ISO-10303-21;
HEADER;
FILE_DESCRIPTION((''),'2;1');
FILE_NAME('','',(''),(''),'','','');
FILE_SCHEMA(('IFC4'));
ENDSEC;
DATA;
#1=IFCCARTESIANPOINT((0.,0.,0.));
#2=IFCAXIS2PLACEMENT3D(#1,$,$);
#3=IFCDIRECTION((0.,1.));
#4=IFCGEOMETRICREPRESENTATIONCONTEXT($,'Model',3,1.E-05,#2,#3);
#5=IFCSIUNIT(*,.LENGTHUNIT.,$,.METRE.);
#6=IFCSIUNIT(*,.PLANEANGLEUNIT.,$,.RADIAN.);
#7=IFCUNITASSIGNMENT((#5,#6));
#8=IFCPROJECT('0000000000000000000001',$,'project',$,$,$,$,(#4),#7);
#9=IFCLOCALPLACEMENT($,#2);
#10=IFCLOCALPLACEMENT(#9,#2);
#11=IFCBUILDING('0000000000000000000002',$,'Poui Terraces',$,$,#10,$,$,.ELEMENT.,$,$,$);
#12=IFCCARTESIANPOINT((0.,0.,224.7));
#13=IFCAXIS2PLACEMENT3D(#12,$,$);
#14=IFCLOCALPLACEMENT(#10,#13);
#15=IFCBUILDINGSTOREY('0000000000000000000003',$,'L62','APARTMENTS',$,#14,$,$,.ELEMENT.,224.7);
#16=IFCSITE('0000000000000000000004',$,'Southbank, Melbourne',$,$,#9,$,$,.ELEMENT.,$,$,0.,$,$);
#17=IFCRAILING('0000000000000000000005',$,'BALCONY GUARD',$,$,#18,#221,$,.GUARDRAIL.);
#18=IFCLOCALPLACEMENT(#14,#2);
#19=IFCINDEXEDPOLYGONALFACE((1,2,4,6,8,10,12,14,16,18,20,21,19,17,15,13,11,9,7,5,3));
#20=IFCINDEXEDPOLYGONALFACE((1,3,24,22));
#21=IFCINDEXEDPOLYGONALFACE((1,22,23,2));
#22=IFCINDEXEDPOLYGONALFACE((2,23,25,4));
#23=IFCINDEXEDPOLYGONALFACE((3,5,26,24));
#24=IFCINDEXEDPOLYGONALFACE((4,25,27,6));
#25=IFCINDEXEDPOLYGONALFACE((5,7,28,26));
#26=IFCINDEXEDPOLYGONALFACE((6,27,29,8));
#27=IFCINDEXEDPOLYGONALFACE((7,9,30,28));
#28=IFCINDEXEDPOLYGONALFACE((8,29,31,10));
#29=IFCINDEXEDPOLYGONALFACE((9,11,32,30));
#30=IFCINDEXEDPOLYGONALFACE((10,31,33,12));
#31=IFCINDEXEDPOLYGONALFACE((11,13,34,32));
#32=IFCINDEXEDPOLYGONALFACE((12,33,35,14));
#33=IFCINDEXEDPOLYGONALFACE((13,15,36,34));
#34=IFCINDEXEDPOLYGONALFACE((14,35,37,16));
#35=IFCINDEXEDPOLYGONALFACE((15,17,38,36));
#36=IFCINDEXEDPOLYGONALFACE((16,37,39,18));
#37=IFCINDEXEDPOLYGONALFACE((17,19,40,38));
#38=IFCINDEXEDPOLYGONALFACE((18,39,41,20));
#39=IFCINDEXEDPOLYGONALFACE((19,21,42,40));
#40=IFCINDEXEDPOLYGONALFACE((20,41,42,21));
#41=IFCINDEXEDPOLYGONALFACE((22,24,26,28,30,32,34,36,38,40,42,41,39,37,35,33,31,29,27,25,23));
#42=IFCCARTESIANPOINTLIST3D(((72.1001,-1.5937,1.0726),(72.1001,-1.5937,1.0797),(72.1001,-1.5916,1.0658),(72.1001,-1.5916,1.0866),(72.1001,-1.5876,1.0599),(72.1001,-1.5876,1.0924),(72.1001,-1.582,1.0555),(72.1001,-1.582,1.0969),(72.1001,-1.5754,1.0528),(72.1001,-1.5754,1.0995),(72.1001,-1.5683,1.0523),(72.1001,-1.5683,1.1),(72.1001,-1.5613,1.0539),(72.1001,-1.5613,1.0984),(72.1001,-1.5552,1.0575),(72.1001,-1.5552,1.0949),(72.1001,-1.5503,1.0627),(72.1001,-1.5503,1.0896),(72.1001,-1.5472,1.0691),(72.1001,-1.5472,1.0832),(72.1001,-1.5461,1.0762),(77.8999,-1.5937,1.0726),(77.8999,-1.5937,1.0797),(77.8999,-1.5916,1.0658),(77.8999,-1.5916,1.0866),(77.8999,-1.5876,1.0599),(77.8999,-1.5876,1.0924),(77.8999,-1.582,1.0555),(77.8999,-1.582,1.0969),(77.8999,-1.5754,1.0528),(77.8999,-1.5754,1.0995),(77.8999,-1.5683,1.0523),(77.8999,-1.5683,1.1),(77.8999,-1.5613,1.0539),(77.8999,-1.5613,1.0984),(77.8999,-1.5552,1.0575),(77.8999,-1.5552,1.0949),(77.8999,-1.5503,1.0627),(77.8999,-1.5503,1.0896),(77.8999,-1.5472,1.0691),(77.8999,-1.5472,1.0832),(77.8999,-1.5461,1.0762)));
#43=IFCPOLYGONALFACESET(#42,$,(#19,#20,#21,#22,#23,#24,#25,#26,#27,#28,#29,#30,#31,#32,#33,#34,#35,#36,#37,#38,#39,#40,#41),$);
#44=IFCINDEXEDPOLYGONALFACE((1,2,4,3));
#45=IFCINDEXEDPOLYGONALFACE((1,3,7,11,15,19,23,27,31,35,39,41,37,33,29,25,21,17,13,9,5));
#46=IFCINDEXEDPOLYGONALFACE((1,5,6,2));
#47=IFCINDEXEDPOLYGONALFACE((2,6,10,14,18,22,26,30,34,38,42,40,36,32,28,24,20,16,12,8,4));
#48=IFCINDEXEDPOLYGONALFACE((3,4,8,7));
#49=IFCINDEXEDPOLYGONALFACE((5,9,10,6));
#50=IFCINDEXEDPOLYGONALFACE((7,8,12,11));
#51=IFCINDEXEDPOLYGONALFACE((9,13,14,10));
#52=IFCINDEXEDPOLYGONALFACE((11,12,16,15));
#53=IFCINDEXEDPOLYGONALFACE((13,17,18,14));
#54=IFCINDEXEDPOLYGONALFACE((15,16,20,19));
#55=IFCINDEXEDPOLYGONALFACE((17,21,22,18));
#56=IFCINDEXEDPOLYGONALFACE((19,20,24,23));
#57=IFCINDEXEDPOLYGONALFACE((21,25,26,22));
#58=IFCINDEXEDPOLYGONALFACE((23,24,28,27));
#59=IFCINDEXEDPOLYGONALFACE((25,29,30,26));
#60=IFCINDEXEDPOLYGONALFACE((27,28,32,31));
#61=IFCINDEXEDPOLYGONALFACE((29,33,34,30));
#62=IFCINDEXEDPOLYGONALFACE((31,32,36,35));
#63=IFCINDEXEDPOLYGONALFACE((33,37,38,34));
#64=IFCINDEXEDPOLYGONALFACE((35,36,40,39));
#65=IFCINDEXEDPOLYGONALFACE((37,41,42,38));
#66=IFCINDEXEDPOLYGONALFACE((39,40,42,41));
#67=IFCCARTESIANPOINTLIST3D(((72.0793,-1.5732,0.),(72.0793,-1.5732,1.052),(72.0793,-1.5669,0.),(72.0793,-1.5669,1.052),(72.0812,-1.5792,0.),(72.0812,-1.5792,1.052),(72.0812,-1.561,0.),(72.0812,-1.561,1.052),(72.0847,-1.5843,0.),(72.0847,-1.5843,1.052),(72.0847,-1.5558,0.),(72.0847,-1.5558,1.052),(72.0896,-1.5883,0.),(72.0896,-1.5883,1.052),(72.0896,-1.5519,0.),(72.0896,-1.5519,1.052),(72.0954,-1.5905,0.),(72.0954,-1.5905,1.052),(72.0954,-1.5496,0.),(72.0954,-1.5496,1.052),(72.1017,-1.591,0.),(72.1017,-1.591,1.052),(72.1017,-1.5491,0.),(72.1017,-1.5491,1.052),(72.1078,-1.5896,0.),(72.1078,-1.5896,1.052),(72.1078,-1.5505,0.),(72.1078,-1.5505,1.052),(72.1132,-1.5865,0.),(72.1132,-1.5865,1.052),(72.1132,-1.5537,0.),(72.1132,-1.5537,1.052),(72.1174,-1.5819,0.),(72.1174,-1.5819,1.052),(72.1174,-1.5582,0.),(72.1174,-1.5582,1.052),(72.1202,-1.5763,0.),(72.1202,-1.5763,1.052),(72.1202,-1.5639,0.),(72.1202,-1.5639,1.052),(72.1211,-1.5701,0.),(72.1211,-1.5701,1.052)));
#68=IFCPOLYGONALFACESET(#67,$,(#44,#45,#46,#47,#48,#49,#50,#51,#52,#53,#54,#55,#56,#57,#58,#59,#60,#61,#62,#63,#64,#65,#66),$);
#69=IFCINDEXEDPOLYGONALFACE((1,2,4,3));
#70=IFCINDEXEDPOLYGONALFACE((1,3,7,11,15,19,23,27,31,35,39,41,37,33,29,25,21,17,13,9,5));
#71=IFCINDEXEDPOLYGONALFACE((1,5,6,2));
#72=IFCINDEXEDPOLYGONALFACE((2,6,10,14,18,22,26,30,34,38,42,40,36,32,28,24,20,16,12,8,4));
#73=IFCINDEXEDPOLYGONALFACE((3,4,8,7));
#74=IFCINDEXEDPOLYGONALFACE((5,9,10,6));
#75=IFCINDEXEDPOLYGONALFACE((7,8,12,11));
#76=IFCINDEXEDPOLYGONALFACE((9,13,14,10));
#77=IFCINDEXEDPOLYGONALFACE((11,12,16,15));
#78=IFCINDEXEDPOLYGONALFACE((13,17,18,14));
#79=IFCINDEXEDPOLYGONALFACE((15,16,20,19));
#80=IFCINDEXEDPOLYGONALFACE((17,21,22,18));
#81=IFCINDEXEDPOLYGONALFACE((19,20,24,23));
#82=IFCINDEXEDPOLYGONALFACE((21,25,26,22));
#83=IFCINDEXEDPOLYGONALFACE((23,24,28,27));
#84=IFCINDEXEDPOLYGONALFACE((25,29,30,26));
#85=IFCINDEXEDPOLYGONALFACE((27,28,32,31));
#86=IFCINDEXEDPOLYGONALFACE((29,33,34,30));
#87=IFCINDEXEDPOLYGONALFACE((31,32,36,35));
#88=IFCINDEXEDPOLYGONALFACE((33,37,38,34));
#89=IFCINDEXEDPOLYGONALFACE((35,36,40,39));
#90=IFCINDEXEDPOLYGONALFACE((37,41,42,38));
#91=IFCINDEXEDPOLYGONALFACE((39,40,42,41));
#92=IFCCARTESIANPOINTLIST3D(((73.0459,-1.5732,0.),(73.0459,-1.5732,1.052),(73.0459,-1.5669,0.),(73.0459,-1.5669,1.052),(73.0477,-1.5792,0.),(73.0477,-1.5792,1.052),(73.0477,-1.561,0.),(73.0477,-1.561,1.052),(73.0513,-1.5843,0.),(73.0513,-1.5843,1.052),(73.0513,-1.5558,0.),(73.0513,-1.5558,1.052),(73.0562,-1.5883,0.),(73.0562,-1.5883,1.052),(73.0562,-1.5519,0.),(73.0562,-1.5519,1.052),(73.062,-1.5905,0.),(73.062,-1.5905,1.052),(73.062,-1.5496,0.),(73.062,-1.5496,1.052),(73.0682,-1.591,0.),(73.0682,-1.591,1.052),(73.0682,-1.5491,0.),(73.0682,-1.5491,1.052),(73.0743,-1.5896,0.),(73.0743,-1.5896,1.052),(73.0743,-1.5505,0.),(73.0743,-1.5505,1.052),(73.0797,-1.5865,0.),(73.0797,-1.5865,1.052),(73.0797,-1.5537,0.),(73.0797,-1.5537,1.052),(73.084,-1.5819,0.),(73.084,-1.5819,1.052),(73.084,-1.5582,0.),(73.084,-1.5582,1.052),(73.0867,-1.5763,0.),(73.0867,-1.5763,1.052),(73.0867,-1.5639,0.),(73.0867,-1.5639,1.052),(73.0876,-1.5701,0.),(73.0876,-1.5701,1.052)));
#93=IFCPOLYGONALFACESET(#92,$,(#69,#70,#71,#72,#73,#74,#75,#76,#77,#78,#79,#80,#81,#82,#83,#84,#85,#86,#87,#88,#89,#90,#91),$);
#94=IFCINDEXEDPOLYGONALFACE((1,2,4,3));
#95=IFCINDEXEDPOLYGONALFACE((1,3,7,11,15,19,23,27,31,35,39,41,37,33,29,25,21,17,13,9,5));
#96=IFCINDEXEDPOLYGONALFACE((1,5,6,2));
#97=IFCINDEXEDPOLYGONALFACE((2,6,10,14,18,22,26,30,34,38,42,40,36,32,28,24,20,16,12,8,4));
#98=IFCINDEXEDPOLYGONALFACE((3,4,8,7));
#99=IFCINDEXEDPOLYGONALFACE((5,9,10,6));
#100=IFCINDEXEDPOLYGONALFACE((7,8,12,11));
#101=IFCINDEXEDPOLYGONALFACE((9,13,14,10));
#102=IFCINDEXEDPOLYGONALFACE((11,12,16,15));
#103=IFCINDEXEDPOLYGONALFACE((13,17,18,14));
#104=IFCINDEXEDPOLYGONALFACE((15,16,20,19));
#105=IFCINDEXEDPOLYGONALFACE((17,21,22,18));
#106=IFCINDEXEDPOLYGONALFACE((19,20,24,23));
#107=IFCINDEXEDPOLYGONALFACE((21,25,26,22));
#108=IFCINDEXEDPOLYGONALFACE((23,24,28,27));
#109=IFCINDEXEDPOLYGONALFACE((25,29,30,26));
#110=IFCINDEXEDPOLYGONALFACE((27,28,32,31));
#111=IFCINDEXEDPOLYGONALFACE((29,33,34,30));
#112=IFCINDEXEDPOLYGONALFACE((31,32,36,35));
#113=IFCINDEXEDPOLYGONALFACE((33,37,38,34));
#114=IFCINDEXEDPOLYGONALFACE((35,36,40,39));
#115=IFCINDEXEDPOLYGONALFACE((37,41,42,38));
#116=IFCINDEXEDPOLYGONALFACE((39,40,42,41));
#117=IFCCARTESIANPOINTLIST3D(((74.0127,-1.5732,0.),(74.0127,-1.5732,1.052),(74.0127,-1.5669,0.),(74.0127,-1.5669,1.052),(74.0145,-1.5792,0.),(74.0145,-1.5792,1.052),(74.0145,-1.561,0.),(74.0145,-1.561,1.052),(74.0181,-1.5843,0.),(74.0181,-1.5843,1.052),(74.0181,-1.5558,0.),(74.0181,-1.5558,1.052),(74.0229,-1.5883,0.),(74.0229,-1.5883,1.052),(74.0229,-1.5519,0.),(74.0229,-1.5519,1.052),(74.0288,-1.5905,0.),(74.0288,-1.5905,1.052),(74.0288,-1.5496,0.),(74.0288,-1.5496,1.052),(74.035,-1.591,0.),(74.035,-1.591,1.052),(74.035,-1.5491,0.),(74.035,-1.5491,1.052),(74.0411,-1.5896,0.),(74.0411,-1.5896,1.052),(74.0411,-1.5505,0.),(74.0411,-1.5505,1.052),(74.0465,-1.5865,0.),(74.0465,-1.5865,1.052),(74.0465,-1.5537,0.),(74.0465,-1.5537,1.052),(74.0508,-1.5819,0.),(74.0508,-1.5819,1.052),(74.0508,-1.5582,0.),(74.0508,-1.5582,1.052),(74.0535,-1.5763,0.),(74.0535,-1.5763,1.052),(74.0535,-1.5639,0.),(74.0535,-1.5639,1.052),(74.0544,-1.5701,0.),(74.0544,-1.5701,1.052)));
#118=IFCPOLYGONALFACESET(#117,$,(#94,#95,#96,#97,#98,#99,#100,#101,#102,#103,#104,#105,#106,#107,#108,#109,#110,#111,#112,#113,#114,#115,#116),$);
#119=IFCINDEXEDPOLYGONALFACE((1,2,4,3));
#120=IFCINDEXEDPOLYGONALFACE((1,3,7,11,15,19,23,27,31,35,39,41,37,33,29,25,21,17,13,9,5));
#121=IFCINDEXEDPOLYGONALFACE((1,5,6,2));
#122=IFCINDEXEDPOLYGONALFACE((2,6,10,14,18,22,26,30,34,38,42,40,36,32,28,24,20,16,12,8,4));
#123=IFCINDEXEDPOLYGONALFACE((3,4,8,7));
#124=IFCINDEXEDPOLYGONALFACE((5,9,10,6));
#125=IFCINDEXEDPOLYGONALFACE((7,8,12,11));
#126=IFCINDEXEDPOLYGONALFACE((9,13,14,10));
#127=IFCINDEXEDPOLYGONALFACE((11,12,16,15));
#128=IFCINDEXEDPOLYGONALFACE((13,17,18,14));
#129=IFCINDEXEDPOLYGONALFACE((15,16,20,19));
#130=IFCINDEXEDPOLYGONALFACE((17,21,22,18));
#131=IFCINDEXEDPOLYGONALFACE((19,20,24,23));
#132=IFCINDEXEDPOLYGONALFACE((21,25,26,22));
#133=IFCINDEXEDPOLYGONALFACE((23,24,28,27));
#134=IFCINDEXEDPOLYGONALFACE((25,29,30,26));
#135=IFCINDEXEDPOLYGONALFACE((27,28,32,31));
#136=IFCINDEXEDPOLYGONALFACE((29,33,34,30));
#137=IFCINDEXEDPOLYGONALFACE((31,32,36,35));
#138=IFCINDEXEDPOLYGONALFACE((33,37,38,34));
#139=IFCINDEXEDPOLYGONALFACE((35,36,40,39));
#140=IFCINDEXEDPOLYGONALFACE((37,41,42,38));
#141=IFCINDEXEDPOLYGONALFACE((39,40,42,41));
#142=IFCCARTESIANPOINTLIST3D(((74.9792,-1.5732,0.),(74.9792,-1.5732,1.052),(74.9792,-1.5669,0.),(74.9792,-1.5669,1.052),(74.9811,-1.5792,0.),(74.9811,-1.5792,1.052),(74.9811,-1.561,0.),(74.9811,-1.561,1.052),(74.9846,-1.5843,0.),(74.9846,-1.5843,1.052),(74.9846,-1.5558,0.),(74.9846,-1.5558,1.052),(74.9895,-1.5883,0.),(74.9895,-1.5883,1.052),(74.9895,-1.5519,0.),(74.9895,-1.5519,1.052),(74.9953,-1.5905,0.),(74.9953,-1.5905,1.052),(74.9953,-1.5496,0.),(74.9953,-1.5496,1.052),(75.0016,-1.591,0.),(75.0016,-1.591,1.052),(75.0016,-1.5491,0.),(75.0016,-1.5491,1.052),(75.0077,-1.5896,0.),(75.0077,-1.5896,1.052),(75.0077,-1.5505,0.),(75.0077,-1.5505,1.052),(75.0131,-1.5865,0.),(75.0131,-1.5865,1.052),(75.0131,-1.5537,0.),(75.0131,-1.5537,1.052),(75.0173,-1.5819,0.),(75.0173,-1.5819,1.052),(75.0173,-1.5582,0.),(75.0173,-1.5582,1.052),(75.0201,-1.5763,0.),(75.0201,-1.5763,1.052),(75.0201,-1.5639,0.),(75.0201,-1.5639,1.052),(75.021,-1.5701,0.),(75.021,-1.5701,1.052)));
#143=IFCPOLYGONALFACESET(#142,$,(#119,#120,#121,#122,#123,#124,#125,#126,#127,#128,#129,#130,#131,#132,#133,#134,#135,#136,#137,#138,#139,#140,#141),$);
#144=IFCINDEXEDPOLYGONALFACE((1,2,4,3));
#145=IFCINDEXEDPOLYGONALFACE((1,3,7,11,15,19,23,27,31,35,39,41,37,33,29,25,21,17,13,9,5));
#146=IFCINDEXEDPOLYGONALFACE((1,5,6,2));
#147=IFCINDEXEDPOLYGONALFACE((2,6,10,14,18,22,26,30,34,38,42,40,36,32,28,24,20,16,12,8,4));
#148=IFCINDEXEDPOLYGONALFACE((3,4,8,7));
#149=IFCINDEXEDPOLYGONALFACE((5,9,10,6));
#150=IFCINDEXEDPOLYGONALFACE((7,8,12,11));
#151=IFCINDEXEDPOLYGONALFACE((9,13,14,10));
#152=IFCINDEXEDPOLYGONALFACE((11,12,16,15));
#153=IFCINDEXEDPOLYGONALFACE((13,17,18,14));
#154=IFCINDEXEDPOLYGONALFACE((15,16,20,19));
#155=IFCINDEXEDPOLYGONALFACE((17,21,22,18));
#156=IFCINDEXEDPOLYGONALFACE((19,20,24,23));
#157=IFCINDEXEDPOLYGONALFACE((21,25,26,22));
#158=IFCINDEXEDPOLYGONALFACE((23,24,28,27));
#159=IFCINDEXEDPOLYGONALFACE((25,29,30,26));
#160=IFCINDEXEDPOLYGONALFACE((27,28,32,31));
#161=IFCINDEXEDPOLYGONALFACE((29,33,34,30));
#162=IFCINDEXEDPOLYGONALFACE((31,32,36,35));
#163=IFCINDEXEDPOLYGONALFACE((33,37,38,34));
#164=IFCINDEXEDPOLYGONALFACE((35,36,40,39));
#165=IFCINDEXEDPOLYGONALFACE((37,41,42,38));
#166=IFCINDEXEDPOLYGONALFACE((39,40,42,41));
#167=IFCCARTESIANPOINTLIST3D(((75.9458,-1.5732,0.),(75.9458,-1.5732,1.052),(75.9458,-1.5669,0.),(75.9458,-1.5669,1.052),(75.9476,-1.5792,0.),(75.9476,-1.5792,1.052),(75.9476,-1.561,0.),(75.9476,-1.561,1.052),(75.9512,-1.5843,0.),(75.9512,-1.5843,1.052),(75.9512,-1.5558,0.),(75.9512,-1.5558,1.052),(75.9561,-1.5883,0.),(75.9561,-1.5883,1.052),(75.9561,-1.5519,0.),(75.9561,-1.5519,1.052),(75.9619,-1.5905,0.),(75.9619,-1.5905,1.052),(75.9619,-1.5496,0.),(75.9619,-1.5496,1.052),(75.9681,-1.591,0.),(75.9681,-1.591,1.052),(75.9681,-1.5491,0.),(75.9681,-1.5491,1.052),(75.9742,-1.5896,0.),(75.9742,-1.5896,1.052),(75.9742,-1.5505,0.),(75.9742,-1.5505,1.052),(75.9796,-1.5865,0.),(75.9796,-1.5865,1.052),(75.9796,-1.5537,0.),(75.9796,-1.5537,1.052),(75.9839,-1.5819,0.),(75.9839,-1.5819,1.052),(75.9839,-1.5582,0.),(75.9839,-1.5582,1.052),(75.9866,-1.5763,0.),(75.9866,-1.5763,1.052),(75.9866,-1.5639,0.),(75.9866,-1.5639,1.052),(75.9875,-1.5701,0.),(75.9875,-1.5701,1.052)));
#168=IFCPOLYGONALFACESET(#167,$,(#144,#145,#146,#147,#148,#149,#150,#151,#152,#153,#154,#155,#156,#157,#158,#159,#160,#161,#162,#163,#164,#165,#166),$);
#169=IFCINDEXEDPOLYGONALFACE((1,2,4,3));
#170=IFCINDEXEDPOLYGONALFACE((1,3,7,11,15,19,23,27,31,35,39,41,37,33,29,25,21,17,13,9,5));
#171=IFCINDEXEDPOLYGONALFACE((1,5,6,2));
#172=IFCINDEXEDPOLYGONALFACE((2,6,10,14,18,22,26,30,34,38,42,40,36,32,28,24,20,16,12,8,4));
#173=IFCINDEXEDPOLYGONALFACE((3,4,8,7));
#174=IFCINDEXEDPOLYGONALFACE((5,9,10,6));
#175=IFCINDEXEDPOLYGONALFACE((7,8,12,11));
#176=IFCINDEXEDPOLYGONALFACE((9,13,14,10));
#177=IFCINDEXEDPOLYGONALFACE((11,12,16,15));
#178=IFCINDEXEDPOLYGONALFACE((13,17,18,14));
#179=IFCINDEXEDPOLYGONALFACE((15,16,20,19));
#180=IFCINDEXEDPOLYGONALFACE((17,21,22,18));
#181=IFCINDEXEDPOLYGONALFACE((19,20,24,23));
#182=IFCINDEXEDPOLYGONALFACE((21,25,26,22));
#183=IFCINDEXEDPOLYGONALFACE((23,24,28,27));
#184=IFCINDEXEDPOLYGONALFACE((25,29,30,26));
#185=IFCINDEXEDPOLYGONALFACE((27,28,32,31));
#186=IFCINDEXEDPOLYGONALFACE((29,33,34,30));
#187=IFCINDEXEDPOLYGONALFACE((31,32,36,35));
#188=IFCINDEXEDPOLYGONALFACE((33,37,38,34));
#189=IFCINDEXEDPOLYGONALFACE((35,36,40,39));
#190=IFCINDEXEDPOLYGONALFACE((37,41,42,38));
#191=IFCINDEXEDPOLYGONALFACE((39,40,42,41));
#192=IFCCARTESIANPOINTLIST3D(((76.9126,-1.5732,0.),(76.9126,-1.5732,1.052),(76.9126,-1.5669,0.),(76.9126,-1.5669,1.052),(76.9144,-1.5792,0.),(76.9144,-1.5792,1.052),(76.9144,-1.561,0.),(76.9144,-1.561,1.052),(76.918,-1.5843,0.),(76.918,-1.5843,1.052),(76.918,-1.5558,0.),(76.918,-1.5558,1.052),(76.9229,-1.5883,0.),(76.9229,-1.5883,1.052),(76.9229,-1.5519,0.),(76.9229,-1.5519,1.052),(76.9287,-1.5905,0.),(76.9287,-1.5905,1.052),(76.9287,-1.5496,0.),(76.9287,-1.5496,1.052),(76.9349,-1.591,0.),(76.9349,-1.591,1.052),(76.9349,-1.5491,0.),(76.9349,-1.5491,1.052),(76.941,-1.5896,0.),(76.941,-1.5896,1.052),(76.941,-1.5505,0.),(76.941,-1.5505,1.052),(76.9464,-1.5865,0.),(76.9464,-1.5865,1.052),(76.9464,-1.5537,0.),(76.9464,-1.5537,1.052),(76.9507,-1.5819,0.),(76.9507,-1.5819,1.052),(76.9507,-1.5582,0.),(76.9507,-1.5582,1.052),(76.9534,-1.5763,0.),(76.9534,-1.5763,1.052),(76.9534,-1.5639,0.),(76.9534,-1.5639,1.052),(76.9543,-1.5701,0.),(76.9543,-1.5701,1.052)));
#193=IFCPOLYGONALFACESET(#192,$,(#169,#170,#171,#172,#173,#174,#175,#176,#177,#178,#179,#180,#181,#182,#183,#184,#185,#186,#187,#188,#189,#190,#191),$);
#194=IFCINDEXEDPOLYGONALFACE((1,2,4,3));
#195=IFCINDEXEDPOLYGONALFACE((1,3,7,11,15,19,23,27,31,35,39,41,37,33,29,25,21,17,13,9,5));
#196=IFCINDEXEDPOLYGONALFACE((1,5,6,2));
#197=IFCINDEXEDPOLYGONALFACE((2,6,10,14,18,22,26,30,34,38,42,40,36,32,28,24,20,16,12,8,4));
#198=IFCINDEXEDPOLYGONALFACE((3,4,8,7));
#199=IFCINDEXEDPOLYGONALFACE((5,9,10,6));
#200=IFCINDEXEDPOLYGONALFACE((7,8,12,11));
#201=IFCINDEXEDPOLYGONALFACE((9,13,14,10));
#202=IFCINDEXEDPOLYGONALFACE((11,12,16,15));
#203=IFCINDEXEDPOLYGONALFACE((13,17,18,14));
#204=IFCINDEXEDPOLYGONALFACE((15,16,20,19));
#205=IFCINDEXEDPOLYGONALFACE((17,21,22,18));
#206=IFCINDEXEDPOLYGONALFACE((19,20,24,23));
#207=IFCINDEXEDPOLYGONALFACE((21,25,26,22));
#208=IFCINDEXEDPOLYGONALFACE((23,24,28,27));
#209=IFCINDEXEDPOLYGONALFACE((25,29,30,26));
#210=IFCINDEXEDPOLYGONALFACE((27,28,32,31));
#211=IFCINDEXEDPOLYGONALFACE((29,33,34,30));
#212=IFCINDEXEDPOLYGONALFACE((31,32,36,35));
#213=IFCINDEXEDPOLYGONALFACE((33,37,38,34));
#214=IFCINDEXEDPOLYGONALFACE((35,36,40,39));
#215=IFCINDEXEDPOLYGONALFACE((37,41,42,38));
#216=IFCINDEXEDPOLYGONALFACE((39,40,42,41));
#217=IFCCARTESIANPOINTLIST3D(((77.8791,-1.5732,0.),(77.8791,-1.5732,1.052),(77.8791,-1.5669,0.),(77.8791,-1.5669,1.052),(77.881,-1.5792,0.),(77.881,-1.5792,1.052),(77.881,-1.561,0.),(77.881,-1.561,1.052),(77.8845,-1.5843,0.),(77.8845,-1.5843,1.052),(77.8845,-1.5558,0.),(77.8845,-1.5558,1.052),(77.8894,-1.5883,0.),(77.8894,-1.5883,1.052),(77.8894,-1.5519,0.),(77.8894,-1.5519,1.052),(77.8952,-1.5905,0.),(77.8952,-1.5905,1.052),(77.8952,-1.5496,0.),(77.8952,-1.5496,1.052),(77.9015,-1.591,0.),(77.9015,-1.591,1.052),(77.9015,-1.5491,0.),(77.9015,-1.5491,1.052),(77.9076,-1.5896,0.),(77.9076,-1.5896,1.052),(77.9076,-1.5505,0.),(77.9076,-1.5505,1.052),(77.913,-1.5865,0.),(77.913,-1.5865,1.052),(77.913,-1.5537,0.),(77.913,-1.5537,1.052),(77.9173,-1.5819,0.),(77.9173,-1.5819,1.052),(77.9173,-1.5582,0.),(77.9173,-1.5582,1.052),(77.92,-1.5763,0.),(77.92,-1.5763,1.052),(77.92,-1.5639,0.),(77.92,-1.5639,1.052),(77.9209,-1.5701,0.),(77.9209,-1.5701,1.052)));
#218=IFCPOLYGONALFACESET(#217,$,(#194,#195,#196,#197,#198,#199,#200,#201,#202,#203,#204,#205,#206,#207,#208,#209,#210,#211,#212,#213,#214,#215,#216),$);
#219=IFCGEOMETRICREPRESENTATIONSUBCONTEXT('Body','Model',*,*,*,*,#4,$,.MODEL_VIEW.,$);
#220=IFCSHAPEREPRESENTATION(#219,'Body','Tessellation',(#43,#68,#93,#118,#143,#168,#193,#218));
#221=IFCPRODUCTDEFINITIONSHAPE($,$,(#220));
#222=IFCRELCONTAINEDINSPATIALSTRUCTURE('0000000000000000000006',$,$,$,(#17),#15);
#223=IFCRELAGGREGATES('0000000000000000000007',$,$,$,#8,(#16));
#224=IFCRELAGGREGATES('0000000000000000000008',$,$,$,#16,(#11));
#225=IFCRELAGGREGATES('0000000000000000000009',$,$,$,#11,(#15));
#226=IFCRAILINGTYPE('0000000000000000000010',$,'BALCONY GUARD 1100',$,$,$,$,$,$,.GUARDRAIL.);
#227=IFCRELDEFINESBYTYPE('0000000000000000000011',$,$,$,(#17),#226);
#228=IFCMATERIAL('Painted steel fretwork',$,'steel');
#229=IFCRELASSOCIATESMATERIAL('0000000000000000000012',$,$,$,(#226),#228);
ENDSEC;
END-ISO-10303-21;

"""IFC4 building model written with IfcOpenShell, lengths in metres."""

from ifc_helpers import new_model, si_unit, direction, frame, origin, origin_2d, place, context, subcontext, project, spatial, circle, extrude, material, type_object, element, save


model = new_model("IFC4")

# Units and contexts
model_context = context("Model", 3, precision=1e-05, world=origin(), true_north=direction((0.0, 1.0)))
body_context = subcontext(model_context, "Body", "Model", "MODEL_VIEW")
ifc_project = project(units=[si_unit("LENGTHUNIT", "METRE"), si_unit("PLANEANGLEUNIT", "RADIAN")], contexts=[model_context])

# Site, building, storey
site_placement = place(None, origin())
site = spatial("IfcSite", under=ifc_project, at=site_placement, Name="Southbank, Melbourne", CompositionType="ELEMENT", RefElevation=0.0)
building_placement = place(site_placement, origin())
building = spatial("IfcBuilding", under=site, at=building_placement, Name="Poui Terraces", CompositionType="ELEMENT")
storey_placement = place(building_placement, frame((0.0, 0.0, 224.7)))
storey = spatial("IfcBuildingStorey", under=building, at=storey_placement, Name="L62", Description="APARTMENTS", CompositionType="ELEMENT", Elevation=224.7)

# Railing
ifc_material_1 = material(Name="Painted steel fretwork", Category="steel")
railing_type = type_object("IfcRailingType", Name="BALCONY GUARD 1100", PredefinedType="GUARDRAIL", material=ifc_material_1)
railing_placement = place(storey_placement, frame((72.1001, -1.5701, 0.0)))
element("IfcRailing", 1, at=railing_placement, inside=storey, type_object=railing_type, Name="BALCONY GUARD", PredefinedType="GUARDRAIL", context=body_context, shape_type="SweptSolid", body=[
    extrude(circle(Radius=0.0239, at=origin_2d()), frame((0.0, 0.0, 1.0762), z_axis=(1.0, 0.0, 0.0), x_axis=(0.0, 1.0, 0.0)), (0.0, 0.0, 1.0), 5.7998),
    extrude(circle(Radius=0.021, at=origin_2d()), origin(), (0.0, 0.0, 1.0), 1.052),
    extrude(circle(Radius=0.021, at=origin_2d()), frame((0.9666, 0.0, 0.0)), (0.0, 0.0, 1.0), 1.052),
    extrude(circle(Radius=0.021, at=origin_2d()), frame((1.9333, 0.0, 0.0)), (0.0, 0.0, 1.0), 1.052),
    extrude(circle(Radius=0.021, at=origin_2d()), frame((2.8999, 0.0, 0.0)), (0.0, 0.0, 1.0), 1.052),
    extrude(circle(Radius=0.021, at=origin_2d()), frame((3.8665, 0.0, 0.0)), (0.0, 0.0, 1.0), 1.052),
    extrude(circle(Radius=0.021, at=origin_2d()), frame((4.8333, 0.0, 0.0)), (0.0, 0.0, 1.0), 1.052),
    extrude(circle(Radius=0.021, at=origin_2d()), frame((5.7998, 0.0, 0.0)), (0.0, 0.0, 1.0), 1.052),
])

save(model, "model.ifc")
